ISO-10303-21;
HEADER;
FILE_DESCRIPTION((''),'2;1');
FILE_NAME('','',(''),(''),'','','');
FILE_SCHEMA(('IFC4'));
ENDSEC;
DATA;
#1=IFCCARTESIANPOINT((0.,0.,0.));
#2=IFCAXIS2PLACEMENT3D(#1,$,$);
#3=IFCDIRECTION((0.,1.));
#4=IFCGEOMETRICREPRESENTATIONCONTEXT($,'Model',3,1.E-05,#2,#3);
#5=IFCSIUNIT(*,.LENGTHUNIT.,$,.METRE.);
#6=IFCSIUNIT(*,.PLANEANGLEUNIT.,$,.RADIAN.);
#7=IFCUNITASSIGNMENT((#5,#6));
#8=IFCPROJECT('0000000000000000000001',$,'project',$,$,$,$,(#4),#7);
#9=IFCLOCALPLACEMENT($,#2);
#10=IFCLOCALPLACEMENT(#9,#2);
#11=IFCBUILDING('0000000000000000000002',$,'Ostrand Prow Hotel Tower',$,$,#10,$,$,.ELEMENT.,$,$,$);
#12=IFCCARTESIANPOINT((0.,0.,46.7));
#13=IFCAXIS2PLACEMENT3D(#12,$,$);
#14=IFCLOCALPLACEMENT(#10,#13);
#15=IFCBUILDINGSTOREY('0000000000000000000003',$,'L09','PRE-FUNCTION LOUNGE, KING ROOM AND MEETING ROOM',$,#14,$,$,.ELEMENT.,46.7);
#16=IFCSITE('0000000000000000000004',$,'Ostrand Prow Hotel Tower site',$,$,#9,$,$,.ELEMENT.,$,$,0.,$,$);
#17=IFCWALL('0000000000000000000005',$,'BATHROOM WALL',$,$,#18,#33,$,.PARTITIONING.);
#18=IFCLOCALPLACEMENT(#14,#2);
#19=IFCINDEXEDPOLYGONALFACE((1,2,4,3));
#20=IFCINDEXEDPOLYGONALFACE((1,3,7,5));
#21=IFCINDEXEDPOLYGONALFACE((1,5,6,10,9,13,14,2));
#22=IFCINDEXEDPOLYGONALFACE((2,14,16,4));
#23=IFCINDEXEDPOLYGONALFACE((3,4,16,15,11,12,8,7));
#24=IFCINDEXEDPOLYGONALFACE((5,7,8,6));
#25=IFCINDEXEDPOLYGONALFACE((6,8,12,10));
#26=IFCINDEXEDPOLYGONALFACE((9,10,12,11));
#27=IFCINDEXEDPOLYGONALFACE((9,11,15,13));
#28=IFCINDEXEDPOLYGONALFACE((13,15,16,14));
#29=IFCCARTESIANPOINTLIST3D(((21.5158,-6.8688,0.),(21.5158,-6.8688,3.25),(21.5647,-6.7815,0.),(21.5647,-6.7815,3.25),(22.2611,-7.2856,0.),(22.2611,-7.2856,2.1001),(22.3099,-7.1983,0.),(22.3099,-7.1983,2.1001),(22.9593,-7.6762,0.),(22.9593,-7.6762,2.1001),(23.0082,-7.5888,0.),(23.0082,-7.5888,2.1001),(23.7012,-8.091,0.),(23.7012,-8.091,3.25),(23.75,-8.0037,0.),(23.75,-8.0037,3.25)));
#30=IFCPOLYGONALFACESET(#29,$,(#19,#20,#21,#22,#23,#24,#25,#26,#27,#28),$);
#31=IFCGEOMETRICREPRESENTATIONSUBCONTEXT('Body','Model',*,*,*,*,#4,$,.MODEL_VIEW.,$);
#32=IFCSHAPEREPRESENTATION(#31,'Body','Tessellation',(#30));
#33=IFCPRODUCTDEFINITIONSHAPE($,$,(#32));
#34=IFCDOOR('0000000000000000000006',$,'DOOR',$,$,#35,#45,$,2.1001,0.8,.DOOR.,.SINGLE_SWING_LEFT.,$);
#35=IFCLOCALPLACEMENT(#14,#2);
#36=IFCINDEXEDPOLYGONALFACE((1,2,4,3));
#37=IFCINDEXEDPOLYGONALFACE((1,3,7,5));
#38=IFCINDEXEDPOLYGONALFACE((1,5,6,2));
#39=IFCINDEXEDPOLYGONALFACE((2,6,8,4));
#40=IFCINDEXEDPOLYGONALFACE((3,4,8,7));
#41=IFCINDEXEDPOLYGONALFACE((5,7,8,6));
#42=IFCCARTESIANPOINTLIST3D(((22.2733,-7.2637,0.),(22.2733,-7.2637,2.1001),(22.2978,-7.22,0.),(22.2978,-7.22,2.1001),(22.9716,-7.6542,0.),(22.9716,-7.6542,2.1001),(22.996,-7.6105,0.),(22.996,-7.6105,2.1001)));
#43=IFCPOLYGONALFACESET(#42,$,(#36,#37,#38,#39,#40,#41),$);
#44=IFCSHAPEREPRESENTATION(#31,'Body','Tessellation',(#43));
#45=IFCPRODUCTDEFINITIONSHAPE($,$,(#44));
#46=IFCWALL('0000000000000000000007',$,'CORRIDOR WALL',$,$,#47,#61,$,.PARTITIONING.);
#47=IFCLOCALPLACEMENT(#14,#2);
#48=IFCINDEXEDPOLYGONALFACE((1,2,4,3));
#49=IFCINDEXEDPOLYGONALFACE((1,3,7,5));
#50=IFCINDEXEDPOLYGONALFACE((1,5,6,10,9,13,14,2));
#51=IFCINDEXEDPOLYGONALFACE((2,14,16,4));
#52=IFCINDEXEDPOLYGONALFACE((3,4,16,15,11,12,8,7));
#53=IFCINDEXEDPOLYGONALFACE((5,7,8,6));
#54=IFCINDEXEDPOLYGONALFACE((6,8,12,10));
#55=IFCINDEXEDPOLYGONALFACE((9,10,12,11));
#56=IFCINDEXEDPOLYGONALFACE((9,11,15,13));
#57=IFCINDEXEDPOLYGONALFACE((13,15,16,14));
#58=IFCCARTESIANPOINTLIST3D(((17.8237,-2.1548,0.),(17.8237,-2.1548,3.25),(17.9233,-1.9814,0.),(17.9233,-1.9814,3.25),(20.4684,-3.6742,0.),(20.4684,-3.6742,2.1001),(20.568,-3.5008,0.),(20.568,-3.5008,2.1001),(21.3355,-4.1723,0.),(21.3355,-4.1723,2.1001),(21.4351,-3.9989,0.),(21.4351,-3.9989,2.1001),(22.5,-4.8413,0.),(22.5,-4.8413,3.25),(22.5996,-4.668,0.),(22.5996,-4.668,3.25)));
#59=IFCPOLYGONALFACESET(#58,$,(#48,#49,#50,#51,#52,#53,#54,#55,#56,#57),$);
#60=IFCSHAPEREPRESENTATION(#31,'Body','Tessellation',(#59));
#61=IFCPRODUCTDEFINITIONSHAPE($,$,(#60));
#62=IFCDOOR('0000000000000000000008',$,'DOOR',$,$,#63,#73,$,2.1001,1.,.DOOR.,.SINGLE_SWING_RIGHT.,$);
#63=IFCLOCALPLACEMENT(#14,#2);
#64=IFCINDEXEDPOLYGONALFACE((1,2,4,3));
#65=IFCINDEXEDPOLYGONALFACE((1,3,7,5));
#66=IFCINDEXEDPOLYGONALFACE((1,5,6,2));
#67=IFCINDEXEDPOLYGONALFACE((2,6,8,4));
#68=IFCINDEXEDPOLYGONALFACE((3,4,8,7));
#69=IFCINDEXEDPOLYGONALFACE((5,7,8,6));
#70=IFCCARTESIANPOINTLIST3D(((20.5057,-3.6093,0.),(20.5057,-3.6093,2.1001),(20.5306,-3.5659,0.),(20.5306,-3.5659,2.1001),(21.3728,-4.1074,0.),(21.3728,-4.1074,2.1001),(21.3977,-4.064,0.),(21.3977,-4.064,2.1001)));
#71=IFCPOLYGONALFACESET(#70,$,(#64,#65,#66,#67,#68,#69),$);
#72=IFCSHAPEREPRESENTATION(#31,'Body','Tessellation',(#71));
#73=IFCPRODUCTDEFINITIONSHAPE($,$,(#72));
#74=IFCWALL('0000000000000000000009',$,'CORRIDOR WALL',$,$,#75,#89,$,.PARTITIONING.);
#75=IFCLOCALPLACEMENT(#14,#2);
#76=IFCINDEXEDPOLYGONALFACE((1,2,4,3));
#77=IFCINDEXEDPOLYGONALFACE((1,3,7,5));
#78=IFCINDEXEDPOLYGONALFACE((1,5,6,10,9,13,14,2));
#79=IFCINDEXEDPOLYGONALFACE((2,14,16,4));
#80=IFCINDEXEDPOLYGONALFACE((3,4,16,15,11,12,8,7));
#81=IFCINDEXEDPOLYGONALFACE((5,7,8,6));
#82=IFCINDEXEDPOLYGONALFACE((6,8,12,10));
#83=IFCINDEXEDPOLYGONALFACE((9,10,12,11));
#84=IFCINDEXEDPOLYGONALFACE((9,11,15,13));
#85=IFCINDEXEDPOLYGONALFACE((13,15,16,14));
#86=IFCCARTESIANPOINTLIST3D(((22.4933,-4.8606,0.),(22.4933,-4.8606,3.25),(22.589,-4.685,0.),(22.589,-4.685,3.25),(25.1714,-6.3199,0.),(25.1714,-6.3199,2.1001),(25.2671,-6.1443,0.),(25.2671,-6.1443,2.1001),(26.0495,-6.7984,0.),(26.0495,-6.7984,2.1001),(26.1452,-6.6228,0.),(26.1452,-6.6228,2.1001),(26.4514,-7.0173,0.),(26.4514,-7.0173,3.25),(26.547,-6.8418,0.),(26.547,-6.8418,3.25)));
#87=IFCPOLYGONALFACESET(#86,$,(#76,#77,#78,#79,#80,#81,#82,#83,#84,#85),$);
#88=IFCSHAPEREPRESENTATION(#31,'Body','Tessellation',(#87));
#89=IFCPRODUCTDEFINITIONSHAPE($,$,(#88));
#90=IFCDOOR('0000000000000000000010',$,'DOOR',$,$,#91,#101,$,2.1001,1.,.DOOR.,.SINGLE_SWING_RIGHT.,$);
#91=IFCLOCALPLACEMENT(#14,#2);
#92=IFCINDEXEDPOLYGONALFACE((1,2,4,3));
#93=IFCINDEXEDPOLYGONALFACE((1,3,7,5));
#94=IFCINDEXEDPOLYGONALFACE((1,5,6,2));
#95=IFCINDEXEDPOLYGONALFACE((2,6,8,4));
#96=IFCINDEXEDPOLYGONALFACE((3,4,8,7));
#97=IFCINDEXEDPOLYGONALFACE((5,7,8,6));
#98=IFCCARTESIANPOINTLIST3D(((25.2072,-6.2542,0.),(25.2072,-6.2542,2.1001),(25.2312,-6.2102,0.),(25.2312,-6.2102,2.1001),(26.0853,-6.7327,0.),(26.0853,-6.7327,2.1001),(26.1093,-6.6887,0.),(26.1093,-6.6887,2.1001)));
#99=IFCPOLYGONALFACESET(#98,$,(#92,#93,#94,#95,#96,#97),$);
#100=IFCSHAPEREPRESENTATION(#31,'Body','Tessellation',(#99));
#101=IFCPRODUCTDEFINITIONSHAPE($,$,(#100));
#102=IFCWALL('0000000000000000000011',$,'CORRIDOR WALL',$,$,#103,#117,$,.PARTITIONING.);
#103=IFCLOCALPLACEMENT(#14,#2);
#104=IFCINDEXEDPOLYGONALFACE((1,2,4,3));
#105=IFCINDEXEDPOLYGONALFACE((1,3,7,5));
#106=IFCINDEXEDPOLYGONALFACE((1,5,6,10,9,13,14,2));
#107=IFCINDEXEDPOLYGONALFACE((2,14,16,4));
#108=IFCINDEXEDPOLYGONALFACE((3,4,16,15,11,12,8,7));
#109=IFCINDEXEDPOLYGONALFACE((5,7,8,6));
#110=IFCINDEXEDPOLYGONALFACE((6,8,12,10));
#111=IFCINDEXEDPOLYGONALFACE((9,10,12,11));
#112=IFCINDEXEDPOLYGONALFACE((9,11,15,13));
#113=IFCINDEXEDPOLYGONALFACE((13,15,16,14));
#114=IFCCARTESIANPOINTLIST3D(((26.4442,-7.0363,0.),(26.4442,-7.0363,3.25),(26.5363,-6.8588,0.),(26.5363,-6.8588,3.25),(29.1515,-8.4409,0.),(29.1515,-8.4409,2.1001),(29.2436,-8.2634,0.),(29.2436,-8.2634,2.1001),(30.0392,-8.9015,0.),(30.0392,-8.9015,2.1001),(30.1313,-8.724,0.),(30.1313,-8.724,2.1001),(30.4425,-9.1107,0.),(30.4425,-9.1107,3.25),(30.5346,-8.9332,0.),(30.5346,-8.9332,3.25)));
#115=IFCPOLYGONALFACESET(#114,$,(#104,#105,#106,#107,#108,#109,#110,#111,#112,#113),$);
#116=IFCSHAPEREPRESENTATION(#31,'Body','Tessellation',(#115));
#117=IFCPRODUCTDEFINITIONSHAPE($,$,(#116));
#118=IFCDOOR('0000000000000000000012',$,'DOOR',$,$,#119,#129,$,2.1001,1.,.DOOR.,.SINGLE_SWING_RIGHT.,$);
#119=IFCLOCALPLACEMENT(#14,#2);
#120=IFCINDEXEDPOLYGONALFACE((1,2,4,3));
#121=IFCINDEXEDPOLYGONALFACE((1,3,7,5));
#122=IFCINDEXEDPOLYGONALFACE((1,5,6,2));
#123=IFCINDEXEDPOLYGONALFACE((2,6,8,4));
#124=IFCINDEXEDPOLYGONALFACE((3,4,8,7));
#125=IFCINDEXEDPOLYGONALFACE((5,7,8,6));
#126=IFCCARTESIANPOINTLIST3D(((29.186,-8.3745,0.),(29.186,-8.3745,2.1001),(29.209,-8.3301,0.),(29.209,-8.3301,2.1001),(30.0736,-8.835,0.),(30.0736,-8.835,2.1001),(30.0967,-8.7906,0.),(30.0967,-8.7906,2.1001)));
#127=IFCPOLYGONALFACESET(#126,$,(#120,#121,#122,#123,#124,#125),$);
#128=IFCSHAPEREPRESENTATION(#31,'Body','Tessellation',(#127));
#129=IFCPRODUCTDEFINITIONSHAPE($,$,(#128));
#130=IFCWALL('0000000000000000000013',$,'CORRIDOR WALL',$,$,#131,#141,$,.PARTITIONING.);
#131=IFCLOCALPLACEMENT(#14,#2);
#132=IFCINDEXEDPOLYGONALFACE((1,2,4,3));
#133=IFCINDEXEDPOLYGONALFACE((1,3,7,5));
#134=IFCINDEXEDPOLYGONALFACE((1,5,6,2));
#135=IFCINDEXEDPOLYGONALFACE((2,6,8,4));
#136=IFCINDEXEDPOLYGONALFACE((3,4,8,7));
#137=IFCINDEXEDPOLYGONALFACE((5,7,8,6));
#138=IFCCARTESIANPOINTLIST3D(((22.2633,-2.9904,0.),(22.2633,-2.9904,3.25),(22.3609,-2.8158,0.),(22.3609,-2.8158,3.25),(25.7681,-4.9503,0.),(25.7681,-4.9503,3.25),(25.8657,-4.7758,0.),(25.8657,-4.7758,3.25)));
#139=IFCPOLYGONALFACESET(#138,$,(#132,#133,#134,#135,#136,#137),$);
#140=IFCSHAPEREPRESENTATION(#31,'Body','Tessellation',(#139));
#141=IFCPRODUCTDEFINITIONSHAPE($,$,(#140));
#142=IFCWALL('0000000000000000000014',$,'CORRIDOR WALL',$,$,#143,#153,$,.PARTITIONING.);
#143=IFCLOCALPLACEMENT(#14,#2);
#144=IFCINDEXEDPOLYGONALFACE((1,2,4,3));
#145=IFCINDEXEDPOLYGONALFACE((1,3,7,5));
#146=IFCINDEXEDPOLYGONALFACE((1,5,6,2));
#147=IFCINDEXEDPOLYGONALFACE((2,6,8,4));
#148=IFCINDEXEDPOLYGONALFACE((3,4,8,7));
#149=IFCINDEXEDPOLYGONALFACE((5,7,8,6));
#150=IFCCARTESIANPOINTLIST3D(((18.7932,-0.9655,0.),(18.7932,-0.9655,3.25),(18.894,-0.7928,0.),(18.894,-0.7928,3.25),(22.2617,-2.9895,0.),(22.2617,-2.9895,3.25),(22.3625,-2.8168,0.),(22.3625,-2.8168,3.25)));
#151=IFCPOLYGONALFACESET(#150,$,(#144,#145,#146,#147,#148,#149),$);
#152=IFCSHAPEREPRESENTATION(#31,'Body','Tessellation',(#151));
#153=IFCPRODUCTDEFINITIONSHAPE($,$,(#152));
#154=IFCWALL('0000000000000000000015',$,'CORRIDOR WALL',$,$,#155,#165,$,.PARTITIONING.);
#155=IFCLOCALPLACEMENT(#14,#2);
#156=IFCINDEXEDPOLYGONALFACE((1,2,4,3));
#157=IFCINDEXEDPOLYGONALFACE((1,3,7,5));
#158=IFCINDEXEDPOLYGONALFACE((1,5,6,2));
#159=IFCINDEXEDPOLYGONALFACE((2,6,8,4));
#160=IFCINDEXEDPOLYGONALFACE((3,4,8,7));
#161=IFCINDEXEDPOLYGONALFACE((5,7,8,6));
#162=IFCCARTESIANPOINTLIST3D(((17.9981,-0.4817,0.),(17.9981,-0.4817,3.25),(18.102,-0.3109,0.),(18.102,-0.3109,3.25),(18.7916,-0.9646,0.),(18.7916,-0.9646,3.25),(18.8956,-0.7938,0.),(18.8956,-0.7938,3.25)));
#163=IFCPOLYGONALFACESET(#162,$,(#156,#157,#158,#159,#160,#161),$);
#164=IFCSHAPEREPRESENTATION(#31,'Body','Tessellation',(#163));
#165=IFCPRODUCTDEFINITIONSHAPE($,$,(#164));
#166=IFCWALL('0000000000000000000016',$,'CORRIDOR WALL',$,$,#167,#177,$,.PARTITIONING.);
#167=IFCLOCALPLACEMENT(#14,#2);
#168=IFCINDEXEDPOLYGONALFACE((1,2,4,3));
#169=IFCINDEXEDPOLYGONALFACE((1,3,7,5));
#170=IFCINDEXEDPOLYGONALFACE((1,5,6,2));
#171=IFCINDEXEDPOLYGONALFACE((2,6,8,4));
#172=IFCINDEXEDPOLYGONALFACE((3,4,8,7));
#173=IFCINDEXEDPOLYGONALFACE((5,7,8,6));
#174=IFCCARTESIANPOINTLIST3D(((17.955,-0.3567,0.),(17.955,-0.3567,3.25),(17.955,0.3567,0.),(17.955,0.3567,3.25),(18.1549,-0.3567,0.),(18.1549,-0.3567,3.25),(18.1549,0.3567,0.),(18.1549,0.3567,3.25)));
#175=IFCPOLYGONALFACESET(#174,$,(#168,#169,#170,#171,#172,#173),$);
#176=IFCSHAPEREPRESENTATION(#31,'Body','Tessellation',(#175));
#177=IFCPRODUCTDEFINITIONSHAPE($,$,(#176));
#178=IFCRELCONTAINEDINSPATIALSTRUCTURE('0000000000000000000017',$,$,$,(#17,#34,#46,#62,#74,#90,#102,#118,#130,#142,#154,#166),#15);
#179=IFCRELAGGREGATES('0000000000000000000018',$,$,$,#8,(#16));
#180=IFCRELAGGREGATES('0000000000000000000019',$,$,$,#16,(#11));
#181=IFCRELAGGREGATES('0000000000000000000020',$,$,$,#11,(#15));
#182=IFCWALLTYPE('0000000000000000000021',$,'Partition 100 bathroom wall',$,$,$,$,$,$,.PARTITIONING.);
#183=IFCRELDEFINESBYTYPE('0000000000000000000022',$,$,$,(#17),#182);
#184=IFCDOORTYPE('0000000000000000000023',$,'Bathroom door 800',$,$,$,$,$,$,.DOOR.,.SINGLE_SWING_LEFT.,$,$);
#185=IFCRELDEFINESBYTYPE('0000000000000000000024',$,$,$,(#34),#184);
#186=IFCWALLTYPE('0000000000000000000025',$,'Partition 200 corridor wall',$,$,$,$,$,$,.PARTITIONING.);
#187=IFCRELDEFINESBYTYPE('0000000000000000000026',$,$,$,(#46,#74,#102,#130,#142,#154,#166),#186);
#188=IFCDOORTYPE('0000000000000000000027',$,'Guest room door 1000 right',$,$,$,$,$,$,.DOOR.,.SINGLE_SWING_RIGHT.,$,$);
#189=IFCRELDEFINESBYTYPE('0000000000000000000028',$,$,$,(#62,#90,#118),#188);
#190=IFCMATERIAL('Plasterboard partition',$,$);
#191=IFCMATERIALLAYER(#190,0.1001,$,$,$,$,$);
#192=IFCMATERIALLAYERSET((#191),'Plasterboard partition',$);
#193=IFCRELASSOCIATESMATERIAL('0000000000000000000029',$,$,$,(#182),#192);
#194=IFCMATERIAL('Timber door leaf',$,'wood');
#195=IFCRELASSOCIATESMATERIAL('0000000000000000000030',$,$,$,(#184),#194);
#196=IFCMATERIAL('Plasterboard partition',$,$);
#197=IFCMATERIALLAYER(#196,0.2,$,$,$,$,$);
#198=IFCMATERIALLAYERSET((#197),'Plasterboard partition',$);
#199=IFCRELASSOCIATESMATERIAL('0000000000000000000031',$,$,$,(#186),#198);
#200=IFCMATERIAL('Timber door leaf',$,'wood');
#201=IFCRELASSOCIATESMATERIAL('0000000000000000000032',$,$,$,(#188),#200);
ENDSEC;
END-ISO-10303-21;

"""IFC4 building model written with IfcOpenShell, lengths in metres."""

from ifc_helpers import new_model, si_unit, direction, frame, frame_2d, origin, place, context, subcontext, project, spatial, rectangle, extrude, material, layer, layer_set, type_object, element, fill, save


model = new_model("IFC4")

# Units and contexts
model_context = context("Model", 3, precision=1e-05, world=origin(), true_north=direction((0.0, 1.0)))
body_context = subcontext(model_context, "Body", "Model", "MODEL_VIEW")
ifc_project = project(units=[si_unit("LENGTHUNIT", "METRE"), si_unit("PLANEANGLEUNIT", "RADIAN")], contexts=[model_context])

# Site, building, storey
site_placement = place(None, origin())
site = spatial("IfcSite", under=ifc_project, at=site_placement, Name="Ostrand Prow Hotel Tower site", CompositionType="ELEMENT", RefElevation=0.0)
building_placement = place(site_placement, origin())
building = spatial("IfcBuilding", under=site, at=building_placement, Name="Ostrand Prow Hotel Tower", CompositionType="ELEMENT")
storey_placement = place(building_placement, frame((0.0, 0.0, 46.7)))
storey = spatial("IfcBuildingStorey", under=building, at=storey_placement, Name="L09", Description="PRE-FUNCTION LOUNGE, KING ROOM AND MEETING ROOM", CompositionType="ELEMENT", Elevation=46.7)

# Shared definitions
ifc_material_1 = material(Name="Plasterboard partition")
ifc_layer_1 = layer(ifc_material_1, 0.1001)
ifc_layer_set_1 = layer_set([ifc_layer_1], Name="Plasterboard partition")
wall_type_1 = type_object("IfcWallType", Name="Partition 100 bathroom wall", PredefinedType="PARTITIONING", material=ifc_layer_set_1)

# Shared definitions
ifc_material_2 = material(Name="Timber door leaf", Category="wood")
door_type_1 = type_object("IfcDoorType", Name="Bathroom door 800", OperationType="SINGLE_SWING_LEFT", PredefinedType="DOOR", material=ifc_material_2)

# Walls, openings, doors
wall_1_placement = place(storey_placement, frame((23.7256, -8.0474, 0.0), z_axis=(0.0, 0.0, 1.0), x_axis=(-0.872779, 0.488116, 0.0)))
wall_1 = element("IfcWall", 1, at=wall_1_placement, inside=storey, type_object=wall_type_1, Name="BATHROOM WALL", PredefinedType="PARTITIONING", context=body_context, shape_type="SweptSolid", body=[
    extrude(rectangle(XDim=2.5039, YDim=0.1001, at=frame_2d((1.252, 0.0))), origin(), (0.0, 0.0, 1.0), 3.25),
])
opening_1_placement = place(wall_1_placement, frame((0.8501, 0.0, 0.0)))
opening_1 = element("IfcOpeningElement", 2, at=opening_1_placement, cuts=wall_1, PredefinedType="OPENING", context=body_context, shape_type="SweptSolid", body=[
    extrude(rectangle(XDim=0.8, YDim=2.1001, at=frame_2d((0.3999, 1.05))), frame((0.0, 0.0601, 0.0), z_axis=(0.0, -1.0, 0.0), x_axis=(1.0, 0.0, 0.0)), (0.0, 0.0, 1.0), 0.1201),
])
door_1_placement = place(opening_1_placement, origin())
door_1 = element("IfcDoor", 3, at=door_1_placement, inside=storey, type_object=door_type_1, Name="DOOR", OperationType="SINGLE_SWING_LEFT", OverallHeight=2.1001, OverallWidth=0.8, PredefinedType="DOOR", context=body_context, shape_type="SweptSolid", body=[
    extrude(rectangle(XDim=0.8, YDim=2.1001, at=frame_2d((0.3999, 1.05))), frame((0.0, 0.0249, 0.0), z_axis=(0.0, -1.0, 0.0), x_axis=(1.0, 0.0, 0.0)), (0.0, 0.0, 1.0), 0.05),
])
fill(opening_1, door_1)
ifc_material_3 = material(Name="Plasterboard partition")
ifc_layer_2 = layer(ifc_material_3, 0.2)
ifc_layer_set_2 = layer_set([ifc_layer_2], Name="Plasterboard partition")
wall_type_2 = type_object("IfcWallType", Name="Partition 200 corridor wall", PredefinedType="PARTITIONING", material=ifc_layer_set_2)
wall_2_placement = place(storey_placement, frame((17.8735, -2.0681, 0.0), z_axis=(0.0, 0.0, 1.0), x_axis=(0.867093, -0.498146, 0.0)))
wall_2 = element("IfcWall", 4, at=wall_2_placement, inside=storey, type_object=wall_type_2, Name="CORRIDOR WALL", PredefinedType="PARTITIONING", context=body_context, shape_type="SweptSolid", body=[
    extrude(rectangle(XDim=5.3931, YDim=0.2, at=frame_2d((2.6965, 0.0))), origin(), (0.0, 0.0, 1.0), 3.25),
])
opening_2_placement = place(wall_2_placement, frame((3.05, 0.0, 0.0)))
opening_2 = element("IfcOpeningElement", 5, at=opening_2_placement, cuts=wall_2, PredefinedType="OPENING", context=body_context, shape_type="SweptSolid", body=[
    extrude(rectangle(XDim=1.0, YDim=2.1001, at=frame_2d((0.5, 1.05))), frame((0.0, 0.1099, 0.0), z_axis=(0.0, -1.0, 0.0), x_axis=(1.0, 0.0, 0.0)), (0.0, 0.0, 1.0), 0.22),
])
ifc_material_4 = material(Name="Timber door leaf", Category="wood")
door_type_2 = type_object("IfcDoorType", Name="Guest room door 1000 right", OperationType="SINGLE_SWING_RIGHT", PredefinedType="DOOR", material=ifc_material_4)
door_2_placement = place(opening_2_placement, origin())
door_2 = element("IfcDoor", 6, at=door_2_placement, inside=storey, type_object=door_type_2, Name="DOOR", OperationType="SINGLE_SWING_RIGHT", OverallHeight=2.1001, OverallWidth=1.0, PredefinedType="DOOR", context=body_context, shape_type="SweptSolid", body=[
    extrude(rectangle(XDim=1.0, YDim=2.1001, at=frame_2d((0.5, 1.05))), frame((0.0, 0.0249, 0.0), z_axis=(0.0, -1.0, 0.0), x_axis=(1.0, 0.0, 0.0)), (0.0, 0.0, 1.0), 0.05),
])
fill(opening_2, door_2)
wall_3_placement = place(storey_placement, frame((22.541, -4.7727, 0.0), z_axis=(0.0, 0.0, 1.0), x_axis=(0.878098, -0.47848, 0.0)))
wall_3 = element("IfcWall", 7, at=wall_3_placement, inside=storey, type_object=wall_type_2, Name="CORRIDOR WALL", PredefinedType="PARTITIONING", context=body_context, shape_type="SweptSolid", body=[
    extrude(rectangle(XDim=4.5076, YDim=0.2, at=frame_2d((2.2539, 0.0))), origin(), (0.0, 0.0, 1.0), 3.25),
])
opening_3_placement = place(wall_3_placement, frame((3.05, 0.0, 0.0)))
opening_3 = element("IfcOpeningElement", 8, at=opening_3_placement, cuts=wall_3, PredefinedType="OPENING", context=body_context, shape_type="SweptSolid", body=[
    extrude(rectangle(XDim=1.0, YDim=2.1001, at=frame_2d((0.5, 1.05))), frame((0.0, 0.1099, 0.0), z_axis=(0.0, -1.0, 0.0), x_axis=(1.0, 0.0, 0.0)), (0.0, 0.0, 1.0), 0.22),
])
door_3_placement = place(opening_3_placement, origin())
door_3 = element("IfcDoor", 9, at=door_3_placement, inside=storey, type_object=door_type_2, Name="DOOR", OperationType="SINGLE_SWING_RIGHT", OverallHeight=2.1001, OverallWidth=1.0, PredefinedType="DOOR", context=body_context, shape_type="SweptSolid", body=[
    extrude(rectangle(XDim=1.0, YDim=2.1001, at=frame_2d((0.5, 1.05))), frame((0.0, 0.0249, 0.0), z_axis=(0.0, -1.0, 0.0), x_axis=(1.0, 0.0, 0.0)), (0.0, 0.0, 1.0), 0.05),
])
fill(opening_3, door_3)
wall_4_placement = place(storey_placement, frame((26.4902, -6.9475, 0.0), z_axis=(0.0, 0.0, 1.0), x_axis=(0.887639, -0.46054, 0.0)))
wall_4 = element("IfcWall", 10, at=wall_4_placement, inside=storey, type_object=wall_type_2, Name="CORRIDOR WALL", PredefinedType="PARTITIONING", context=body_context, shape_type="SweptSolid", body=[
    extrude(rectangle(XDim=4.5044, YDim=0.2, at=frame_2d((2.2522, 0.0))), origin(), (0.0, 0.0, 1.0), 3.25),
])
opening_4_placement = place(wall_4_placement, frame((3.05, 0.0, 0.0)))
opening_4 = element("IfcOpeningElement", 11, at=opening_4_placement, cuts=wall_4, PredefinedType="OPENING", context=body_context, shape_type="SweptSolid", body=[
    extrude(rectangle(XDim=1.0, YDim=2.1001, at=frame_2d((0.5, 1.05))), frame((0.0, 0.1099, 0.0), z_axis=(0.0, -1.0, 0.0), x_axis=(1.0, 0.0, 0.0)), (0.0, 0.0, 1.0), 0.22),
])
door_4_placement = place(opening_4_placement, origin())
door_4 = element("IfcDoor", 12, at=door_4_placement, inside=storey, type_object=door_type_2, Name="DOOR", OperationType="SINGLE_SWING_RIGHT", OverallHeight=2.1001, OverallWidth=1.0, PredefinedType="DOOR", context=body_context, shape_type="SweptSolid", body=[
    extrude(rectangle(XDim=1.0, YDim=2.1001, at=frame_2d((0.5, 1.05))), frame((0.0, 0.0249, 0.0), z_axis=(0.0, -1.0, 0.0), x_axis=(1.0, 0.0, 0.0)), (0.0, 0.0, 1.0), 0.05),
])
fill(opening_4, door_4)

# Walls
wall_5_placement = place(storey_placement, frame((25.8169, -4.863, 0.0), z_axis=(0.0, 0.0, 1.0), x_axis=(-0.8728, 0.488078, 0.0)))
element("IfcWall", 13, at=wall_5_placement, inside=storey, type_object=wall_type_2, Name="CORRIDOR WALL", PredefinedType="PARTITIONING", context=body_context, shape_type="SweptSolid", body=[
    extrude(rectangle(XDim=4.0156, YDim=0.2, at=frame_2d((2.0078, 0.0))), origin(), (0.0, 0.0, 1.0), 3.25),
])
wall_6_placement = place(storey_placement, frame((22.312, -2.9031, 0.0), z_axis=(0.0, 0.0, 1.0), x_axis=(-0.863711, 0.503988, 0.0)))
element("IfcWall", 14, at=wall_6_placement, inside=storey, type_object=wall_type_2, Name="CORRIDOR WALL", PredefinedType="PARTITIONING", context=body_context, shape_type="SweptSolid", body=[
    extrude(rectangle(XDim=4.0159, YDim=0.2, at=frame_2d((2.0078, 0.0))), origin(), (0.0, 0.0, 1.0), 3.25),
])
wall_7_placement = place(storey_placement, frame((18.8435, -0.8792, 0.0), z_axis=(0.0, 0.0, 1.0), x_axis=(-0.854229, 0.519897, 0.0)))
element("IfcWall", 15, at=wall_7_placement, inside=storey, type_object=wall_type_2, Name="CORRIDOR WALL", PredefinedType="PARTITIONING", context=body_context, shape_type="SweptSolid", body=[
    extrude(rectangle(XDim=0.929, YDim=0.2, at=frame_2d((0.4644, 0.0))), origin(), (0.0, 0.0, 1.0), 3.25),
])
wall_8_placement = place(storey_placement, frame((18.0549, -0.3567, 0.0), z_axis=(0.0, 0.0, 1.0), x_axis=(0.0, 1.0, 0.0)))
element("IfcWall", 16, at=wall_8_placement, inside=storey, type_object=wall_type_2, Name="CORRIDOR WALL", PredefinedType="PARTITIONING", context=body_context, shape_type="SweptSolid", body=[
    extrude(rectangle(XDim=0.7134, YDim=0.2, at=frame_2d((0.3567, 0.0))), origin(), (0.0, 0.0, 1.0), 3.25),
])

save(model, "model.ifc")
